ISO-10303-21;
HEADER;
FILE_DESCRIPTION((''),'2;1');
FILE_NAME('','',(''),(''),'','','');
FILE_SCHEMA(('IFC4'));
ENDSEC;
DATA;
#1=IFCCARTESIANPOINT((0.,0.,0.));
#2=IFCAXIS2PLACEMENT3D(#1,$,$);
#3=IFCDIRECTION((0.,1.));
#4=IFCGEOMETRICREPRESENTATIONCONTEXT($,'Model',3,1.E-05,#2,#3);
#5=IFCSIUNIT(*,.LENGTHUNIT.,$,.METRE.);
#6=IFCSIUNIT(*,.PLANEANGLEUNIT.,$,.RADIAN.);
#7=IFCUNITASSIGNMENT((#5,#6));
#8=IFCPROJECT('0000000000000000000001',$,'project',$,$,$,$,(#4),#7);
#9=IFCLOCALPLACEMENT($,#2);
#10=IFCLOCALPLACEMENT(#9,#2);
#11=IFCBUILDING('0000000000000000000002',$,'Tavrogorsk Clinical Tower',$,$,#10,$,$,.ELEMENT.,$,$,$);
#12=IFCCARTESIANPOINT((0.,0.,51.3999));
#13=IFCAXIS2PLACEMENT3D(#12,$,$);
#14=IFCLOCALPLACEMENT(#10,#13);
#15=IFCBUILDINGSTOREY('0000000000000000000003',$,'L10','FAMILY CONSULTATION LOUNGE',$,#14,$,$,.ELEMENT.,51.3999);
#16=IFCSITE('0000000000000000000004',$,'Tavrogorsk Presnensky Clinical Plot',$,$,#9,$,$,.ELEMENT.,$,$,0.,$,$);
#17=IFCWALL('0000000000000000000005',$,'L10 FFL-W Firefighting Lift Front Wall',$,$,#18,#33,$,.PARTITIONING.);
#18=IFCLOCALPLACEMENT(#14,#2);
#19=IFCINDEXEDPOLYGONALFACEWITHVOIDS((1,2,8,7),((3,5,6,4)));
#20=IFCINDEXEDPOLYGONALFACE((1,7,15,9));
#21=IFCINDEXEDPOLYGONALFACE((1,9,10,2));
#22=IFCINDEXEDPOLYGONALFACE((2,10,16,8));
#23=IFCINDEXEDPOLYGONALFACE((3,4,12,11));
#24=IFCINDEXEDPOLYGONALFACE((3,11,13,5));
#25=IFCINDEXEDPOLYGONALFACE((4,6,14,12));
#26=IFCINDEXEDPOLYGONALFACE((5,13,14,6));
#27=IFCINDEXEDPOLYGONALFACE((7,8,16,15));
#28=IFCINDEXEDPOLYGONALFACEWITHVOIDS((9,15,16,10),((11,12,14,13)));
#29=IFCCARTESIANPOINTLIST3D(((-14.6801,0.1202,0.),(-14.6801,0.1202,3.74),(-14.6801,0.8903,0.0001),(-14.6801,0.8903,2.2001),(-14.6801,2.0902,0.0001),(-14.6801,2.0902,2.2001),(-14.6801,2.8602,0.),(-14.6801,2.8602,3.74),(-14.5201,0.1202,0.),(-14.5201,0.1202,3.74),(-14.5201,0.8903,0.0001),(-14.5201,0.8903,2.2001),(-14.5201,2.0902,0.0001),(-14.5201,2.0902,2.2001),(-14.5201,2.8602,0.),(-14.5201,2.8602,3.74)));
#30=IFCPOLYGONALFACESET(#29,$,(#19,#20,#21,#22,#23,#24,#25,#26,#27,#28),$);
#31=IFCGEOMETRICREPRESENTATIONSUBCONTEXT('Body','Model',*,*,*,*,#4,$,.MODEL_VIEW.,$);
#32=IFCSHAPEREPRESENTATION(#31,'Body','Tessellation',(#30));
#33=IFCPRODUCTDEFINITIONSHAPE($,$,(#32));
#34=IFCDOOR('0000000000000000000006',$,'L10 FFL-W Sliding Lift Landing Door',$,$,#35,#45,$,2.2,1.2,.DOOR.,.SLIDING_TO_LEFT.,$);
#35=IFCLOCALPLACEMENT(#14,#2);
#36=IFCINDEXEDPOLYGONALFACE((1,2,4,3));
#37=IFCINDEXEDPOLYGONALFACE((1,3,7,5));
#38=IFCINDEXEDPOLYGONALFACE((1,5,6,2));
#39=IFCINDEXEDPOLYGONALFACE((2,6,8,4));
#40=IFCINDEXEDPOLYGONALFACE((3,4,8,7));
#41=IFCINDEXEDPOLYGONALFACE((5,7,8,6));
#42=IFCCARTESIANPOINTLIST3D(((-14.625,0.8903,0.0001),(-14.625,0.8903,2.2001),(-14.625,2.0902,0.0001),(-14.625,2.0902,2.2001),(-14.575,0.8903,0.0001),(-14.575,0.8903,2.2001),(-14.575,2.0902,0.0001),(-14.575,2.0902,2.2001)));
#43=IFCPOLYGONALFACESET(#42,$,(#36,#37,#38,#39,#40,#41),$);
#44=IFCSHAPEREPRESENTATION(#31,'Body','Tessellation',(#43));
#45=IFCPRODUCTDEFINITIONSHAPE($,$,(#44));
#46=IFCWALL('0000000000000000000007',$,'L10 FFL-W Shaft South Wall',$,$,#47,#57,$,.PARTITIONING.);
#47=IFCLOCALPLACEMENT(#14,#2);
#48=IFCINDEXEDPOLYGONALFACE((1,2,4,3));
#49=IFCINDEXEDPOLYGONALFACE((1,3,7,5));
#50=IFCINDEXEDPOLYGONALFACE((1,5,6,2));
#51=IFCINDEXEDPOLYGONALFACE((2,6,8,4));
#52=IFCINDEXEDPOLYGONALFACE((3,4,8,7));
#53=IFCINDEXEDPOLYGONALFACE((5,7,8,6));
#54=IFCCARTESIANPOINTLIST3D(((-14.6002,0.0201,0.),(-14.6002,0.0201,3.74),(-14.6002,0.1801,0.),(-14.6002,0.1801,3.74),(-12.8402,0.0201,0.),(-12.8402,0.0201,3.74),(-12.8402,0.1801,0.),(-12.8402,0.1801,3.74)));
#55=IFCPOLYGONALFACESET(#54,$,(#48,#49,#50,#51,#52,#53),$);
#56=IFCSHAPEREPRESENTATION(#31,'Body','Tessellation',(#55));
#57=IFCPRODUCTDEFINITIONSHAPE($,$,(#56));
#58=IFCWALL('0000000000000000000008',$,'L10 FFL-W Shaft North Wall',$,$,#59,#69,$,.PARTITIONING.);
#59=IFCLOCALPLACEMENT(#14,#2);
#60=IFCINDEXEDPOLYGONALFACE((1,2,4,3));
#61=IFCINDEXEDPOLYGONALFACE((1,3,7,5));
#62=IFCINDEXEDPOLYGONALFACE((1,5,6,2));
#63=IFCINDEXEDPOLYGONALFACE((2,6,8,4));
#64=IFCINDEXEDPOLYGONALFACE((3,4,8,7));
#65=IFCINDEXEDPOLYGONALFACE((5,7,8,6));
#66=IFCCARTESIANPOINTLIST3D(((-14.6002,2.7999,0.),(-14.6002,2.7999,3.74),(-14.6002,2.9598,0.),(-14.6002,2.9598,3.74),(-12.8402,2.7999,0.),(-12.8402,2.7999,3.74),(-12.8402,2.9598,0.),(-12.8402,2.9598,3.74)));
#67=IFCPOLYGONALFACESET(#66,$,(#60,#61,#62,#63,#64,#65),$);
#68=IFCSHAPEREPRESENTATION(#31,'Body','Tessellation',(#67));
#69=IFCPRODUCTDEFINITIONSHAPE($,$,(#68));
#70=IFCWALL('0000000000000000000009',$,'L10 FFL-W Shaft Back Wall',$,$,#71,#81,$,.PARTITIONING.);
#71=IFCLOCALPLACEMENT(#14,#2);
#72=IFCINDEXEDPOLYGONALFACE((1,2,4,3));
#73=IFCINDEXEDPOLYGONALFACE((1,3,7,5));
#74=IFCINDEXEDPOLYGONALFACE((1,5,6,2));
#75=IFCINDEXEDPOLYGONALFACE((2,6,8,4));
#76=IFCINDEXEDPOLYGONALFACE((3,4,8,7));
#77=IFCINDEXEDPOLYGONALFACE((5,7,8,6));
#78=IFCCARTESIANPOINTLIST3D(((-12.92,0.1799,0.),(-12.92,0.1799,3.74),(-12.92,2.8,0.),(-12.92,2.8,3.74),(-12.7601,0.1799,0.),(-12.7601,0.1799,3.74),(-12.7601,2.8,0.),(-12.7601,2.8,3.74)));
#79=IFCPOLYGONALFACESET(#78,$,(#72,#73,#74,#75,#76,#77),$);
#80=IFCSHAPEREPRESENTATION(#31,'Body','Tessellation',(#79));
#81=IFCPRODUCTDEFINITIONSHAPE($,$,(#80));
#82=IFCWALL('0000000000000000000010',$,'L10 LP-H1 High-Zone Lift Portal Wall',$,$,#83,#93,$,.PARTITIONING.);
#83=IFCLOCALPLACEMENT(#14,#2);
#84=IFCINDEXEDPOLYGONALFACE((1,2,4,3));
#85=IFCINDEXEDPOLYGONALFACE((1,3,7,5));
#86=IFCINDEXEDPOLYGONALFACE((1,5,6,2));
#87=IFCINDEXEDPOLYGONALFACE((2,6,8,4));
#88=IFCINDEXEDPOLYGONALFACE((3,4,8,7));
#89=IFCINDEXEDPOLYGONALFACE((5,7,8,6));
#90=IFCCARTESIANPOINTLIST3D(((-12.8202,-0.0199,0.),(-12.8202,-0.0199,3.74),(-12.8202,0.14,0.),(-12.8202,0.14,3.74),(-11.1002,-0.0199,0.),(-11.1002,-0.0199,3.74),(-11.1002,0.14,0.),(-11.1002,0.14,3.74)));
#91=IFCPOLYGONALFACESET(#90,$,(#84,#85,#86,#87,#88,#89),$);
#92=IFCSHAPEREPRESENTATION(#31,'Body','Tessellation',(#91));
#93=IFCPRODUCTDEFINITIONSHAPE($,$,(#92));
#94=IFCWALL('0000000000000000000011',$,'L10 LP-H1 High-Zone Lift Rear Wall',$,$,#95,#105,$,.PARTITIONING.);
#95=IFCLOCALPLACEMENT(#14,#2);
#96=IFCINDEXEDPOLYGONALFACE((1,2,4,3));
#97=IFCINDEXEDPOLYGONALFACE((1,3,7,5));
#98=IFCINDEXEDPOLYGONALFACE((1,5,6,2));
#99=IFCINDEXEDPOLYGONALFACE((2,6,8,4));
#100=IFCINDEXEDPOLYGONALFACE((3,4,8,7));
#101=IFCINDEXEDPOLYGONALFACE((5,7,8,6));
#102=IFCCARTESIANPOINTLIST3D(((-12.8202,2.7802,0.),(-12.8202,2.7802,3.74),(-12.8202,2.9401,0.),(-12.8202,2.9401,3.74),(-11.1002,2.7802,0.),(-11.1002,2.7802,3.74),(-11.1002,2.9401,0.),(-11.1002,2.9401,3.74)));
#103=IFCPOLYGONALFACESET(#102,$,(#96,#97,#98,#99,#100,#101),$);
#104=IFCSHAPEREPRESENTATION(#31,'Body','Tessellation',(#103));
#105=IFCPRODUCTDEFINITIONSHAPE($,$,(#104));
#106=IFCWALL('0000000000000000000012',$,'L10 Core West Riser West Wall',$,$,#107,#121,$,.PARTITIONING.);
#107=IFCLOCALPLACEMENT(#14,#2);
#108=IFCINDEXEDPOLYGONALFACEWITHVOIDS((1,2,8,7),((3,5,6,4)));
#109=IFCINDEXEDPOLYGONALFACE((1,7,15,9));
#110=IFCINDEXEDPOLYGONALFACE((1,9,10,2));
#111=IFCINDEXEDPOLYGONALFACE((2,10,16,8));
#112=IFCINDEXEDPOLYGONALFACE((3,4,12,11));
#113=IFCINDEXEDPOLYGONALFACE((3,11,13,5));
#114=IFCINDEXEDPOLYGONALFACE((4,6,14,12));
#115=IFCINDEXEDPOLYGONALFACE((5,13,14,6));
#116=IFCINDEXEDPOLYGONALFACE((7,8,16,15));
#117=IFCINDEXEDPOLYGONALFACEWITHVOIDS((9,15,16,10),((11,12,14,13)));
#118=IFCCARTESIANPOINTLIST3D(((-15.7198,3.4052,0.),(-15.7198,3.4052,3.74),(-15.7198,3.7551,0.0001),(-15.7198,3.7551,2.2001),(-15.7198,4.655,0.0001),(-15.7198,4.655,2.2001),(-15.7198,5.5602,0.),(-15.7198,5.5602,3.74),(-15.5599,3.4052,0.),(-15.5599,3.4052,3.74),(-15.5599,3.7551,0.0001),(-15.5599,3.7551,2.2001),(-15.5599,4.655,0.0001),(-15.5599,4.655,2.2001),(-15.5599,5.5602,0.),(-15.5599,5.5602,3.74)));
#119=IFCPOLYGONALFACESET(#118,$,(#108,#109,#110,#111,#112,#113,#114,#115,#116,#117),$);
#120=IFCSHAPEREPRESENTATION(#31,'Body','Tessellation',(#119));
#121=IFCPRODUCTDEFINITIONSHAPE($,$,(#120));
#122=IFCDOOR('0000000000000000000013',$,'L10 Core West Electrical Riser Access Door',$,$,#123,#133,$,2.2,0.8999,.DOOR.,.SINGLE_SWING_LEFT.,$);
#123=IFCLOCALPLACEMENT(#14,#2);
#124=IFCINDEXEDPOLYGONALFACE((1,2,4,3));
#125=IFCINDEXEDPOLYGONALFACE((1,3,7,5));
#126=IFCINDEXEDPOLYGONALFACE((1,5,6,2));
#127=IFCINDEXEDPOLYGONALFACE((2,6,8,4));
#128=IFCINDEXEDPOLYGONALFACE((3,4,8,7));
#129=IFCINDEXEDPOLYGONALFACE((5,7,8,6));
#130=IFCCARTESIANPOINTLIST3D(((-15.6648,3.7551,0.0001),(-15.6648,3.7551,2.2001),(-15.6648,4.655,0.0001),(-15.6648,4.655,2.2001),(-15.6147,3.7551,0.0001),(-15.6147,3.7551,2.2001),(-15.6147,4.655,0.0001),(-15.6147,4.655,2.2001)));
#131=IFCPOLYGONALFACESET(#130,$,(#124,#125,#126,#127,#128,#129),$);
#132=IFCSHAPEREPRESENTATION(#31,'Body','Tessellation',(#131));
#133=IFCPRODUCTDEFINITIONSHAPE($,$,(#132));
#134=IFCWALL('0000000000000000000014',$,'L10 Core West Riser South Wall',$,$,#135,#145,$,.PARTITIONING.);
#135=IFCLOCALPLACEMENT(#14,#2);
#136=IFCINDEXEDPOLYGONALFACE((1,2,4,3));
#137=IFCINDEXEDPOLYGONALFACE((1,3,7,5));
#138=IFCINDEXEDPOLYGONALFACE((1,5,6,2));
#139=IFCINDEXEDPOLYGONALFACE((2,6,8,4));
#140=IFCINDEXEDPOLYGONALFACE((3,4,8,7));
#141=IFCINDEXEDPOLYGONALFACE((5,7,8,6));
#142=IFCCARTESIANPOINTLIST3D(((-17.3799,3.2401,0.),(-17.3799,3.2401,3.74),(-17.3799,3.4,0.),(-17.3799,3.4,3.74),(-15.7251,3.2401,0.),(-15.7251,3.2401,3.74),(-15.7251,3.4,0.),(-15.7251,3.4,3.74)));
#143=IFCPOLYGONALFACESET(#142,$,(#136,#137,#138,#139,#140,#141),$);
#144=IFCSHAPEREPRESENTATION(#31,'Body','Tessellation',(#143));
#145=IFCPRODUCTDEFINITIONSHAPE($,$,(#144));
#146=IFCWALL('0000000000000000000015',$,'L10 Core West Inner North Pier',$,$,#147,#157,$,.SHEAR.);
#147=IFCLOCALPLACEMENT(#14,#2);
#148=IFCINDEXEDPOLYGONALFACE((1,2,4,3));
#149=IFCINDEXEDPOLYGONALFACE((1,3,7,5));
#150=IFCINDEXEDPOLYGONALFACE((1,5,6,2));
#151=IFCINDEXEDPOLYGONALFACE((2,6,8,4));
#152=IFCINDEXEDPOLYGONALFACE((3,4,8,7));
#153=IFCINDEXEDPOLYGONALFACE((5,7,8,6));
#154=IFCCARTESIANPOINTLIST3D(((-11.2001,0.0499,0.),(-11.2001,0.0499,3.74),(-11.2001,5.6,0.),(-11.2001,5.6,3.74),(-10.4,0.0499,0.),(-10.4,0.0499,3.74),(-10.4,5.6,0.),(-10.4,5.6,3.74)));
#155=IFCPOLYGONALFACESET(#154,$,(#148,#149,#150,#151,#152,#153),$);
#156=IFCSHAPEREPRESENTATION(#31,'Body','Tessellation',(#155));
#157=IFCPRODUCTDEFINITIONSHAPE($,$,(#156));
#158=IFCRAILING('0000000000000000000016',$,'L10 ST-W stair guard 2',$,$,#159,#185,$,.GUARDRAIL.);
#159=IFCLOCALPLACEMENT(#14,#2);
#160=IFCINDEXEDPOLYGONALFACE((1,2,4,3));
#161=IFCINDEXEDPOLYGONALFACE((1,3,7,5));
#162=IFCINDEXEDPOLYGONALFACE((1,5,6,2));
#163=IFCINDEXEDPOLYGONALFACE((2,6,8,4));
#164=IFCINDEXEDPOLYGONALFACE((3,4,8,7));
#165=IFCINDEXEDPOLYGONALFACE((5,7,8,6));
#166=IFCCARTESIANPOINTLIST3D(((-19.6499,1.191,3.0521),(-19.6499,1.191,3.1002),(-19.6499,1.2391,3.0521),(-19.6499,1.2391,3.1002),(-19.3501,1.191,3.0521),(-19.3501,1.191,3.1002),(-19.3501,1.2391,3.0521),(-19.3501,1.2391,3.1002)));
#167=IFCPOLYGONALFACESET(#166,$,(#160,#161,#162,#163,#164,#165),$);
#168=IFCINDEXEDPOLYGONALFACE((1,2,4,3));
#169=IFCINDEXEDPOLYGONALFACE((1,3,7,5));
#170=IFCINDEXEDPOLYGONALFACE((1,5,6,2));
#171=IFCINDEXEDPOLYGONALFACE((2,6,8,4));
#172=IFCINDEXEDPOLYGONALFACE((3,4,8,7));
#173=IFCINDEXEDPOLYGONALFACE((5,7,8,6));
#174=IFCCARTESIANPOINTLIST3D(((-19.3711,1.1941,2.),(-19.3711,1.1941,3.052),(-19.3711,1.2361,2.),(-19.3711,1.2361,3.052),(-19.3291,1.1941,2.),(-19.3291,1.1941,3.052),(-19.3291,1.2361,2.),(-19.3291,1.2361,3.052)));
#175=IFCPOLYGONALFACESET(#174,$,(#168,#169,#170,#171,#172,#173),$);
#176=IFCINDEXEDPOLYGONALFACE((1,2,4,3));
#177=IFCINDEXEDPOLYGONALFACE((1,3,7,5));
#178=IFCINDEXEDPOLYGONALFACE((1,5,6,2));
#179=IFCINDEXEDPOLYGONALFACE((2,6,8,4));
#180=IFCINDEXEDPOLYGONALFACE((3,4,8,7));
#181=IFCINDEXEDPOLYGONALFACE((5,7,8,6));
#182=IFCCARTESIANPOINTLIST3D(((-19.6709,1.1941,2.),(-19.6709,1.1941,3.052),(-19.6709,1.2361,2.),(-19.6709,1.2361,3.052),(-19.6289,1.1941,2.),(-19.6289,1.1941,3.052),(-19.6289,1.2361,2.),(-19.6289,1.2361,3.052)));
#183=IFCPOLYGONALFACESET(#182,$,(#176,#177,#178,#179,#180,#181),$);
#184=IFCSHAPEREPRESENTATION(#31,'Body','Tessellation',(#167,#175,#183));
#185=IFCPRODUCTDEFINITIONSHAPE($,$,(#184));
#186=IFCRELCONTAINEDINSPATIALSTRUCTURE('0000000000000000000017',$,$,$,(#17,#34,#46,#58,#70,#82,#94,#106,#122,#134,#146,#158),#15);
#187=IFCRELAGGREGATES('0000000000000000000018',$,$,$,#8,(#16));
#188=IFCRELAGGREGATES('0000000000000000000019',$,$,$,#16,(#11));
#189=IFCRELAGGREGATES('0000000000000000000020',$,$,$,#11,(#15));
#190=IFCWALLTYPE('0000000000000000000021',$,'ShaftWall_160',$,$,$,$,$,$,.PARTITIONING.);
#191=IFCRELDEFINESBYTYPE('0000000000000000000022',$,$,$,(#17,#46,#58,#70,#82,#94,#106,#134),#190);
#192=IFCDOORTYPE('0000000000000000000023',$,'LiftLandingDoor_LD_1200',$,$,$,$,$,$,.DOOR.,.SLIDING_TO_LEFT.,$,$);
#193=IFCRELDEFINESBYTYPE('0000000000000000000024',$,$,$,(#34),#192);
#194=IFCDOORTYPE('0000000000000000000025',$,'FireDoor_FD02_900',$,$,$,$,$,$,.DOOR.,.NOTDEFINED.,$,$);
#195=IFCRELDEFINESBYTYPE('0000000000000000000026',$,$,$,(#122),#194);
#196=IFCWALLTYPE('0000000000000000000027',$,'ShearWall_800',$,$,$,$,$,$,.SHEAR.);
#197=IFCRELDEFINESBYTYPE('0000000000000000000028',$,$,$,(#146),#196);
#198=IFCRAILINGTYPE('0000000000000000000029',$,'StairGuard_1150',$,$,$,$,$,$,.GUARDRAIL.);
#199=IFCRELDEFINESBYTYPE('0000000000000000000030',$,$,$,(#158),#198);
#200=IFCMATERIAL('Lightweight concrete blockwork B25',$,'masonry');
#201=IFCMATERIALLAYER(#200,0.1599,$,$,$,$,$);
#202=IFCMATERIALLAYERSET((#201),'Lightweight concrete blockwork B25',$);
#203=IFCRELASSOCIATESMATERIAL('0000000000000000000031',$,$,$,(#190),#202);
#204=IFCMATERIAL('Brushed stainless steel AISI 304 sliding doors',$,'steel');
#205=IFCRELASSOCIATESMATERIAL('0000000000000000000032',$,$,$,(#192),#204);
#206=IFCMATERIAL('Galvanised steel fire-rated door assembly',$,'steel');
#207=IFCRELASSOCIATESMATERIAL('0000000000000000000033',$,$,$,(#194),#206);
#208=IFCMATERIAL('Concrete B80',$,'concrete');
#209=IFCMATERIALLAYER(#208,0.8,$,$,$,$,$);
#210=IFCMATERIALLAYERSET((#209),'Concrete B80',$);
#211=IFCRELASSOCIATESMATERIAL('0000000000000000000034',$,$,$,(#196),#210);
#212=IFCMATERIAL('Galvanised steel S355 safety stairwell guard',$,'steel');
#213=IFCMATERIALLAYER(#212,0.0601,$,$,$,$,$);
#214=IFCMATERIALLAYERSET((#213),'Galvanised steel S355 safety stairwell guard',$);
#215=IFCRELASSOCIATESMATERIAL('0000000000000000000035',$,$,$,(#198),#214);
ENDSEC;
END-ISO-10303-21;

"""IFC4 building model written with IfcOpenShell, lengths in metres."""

from ifc_helpers import new_model, si_unit, direction, frame, frame_2d, origin, origin_2d, place, context, subcontext, project, spatial, rectangle, extrude, material, layer, layer_set, type_object, element, fill, save


model = new_model("IFC4")

# Units and contexts
model_context = context("Model", 3, precision=1e-05, world=origin(), true_north=direction((0.0, 1.0)))
body_context = subcontext(model_context, "Body", "Model", "MODEL_VIEW")
ifc_project = project(units=[si_unit("LENGTHUNIT", "METRE"), si_unit("PLANEANGLEUNIT", "RADIAN")], contexts=[model_context])

# Site, building, storey
site_placement = place(None, origin())
site = spatial("IfcSite", under=ifc_project, at=site_placement, Name="Tavrogorsk Presnensky Clinical Plot", CompositionType="ELEMENT", RefElevation=0.0)
building_placement = place(site_placement, origin())
building = spatial("IfcBuilding", under=site, at=building_placement, Name="Tavrogorsk Clinical Tower", CompositionType="ELEMENT")
storey_placement = place(building_placement, frame((0.0, 0.0, 51.3999)))
storey = spatial("IfcBuildingStorey", under=building, at=storey_placement, Name="L10", Description="FAMILY CONSULTATION LOUNGE", CompositionType="ELEMENT", Elevation=51.3999)

# Wall, opening, door
ifc_material_1 = material(Name="Lightweight concrete blockwork B25", Category="masonry")
ifc_layer_1 = layer(ifc_material_1, 0.1599)
ifc_layer_set_1 = layer_set([ifc_layer_1], Name="Lightweight concrete blockwork B25")
wall_type_1 = type_object("IfcWallType", Name="ShaftWall_160", PredefinedType="PARTITIONING", material=ifc_layer_set_1)
wall_1_placement = place(storey_placement, frame((-14.6001, 0.1201, 0.0), z_axis=(0.0, 0.0, 1.0), x_axis=(0.0, 1.0, 0.0)))
wall_1 = element("IfcWall", 1, at=wall_1_placement, inside=storey, type_object=wall_type_1, Name="L10 FFL-W Firefighting Lift Front Wall", PredefinedType="PARTITIONING", context=body_context, shape_type="SweptSolid", body=[
    extrude(rectangle(XDim=2.74, YDim=0.1599, at=frame_2d((1.3701, 0.0))), origin(), (0.0, 0.0, 1.0), 3.74),
])
opening_1_placement = place(wall_1_placement, frame((0.77, 0.0, 0.0)))
opening_1 = element("IfcOpeningElement", 2, at=opening_1_placement, cuts=wall_1, PredefinedType="OPENING", context=body_context, shape_type="SweptSolid", body=[
    extrude(rectangle(XDim=1.2, YDim=2.2, at=frame_2d((0.6001, 1.1001))), frame((0.0, 0.0898, 0.0), z_axis=(0.0, -1.0, 0.0), x_axis=(1.0, 0.0, 0.0)), (0.0, 0.0, 1.0), 0.1799),
])
ifc_material_2 = material(Name="Brushed stainless steel AISI 304 sliding doors", Category="steel")
door_type_1 = type_object("IfcDoorType", Name="LiftLandingDoor_LD_1200", OperationType="SLIDING_TO_LEFT", PredefinedType="DOOR", material=ifc_material_2)
door_1_placement = place(opening_1_placement, origin())
door_1 = element("IfcDoor", 3, at=door_1_placement, inside=storey, type_object=door_type_1, Name="L10 FFL-W Sliding Lift Landing Door", OperationType="SLIDING_TO_LEFT", OverallHeight=2.2, OverallWidth=1.2, PredefinedType="DOOR", context=body_context, shape_type="SweptSolid", body=[
    extrude(rectangle(XDim=1.2, YDim=2.2, at=frame_2d((0.6001, 1.1001))), frame((0.0, 0.0249, 0.0), z_axis=(0.0, -1.0, 0.0), x_axis=(1.0, 0.0, 0.0)), (0.0, 0.0, 1.0), 0.05),
])
fill(opening_1, door_1)

# Walls
for number, where, z_axis, x_axis, name in (
    (4, (-14.6001, 0.1001, 0.0), (0.0, 0.0, 1.0), (1.0, 0.0, 0.0), "L10 FFL-W Shaft South Wall"),
    (5, (-14.6001, 2.8799, 0.0), (0.0, 0.0, 1.0), (1.0, 0.0, 0.0), "L10 FFL-W Shaft North Wall"),
):
    element("IfcWall", number, at=place(storey_placement, frame(where, z_axis=z_axis, x_axis=x_axis)), inside=storey, type_object=wall_type_1, Name=name, PredefinedType="PARTITIONING", context=body_context, shape_type="SweptSolid", body=[
        extrude(rectangle(XDim=1.76, YDim=0.1599, at=frame_2d((0.8799, 0.0))), origin(), (0.0, 0.0, 1.0), 3.74),
    ])
wall_2_placement = place(storey_placement, frame((-12.8401, 0.1799, 0.0), z_axis=(0.0, 0.0, 1.0), x_axis=(0.0, 1.0, 0.0)))
element("IfcWall", 6, at=wall_2_placement, inside=storey, type_object=wall_type_1, Name="L10 FFL-W Shaft Back Wall", PredefinedType="PARTITIONING", context=body_context, shape_type="SweptSolid", body=[
    extrude(rectangle(XDim=2.6201, YDim=0.1599, at=frame_2d((1.3101, 0.0))), origin(), (0.0, 0.0, 1.0), 3.74),
])
for number, where, z_axis, x_axis, name in (
    (7, (-12.8201, 0.0601, 0.0), (0.0, 0.0, 1.0), (1.0, 0.0, 0.0), "L10 LP-H1 High-Zone Lift Portal Wall"),
    (8, (-12.8201, 2.8601, 0.0), (0.0, 0.0, 1.0), (1.0, 0.0, 0.0), "L10 LP-H1 High-Zone Lift Rear Wall"),
):
    element("IfcWall", number, at=place(storey_placement, frame(where, z_axis=z_axis, x_axis=x_axis)), inside=storey, type_object=wall_type_1, Name=name, PredefinedType="PARTITIONING", context=body_context, shape_type="SweptSolid", body=[
        extrude(rectangle(XDim=1.72, YDim=0.1599, at=frame_2d((0.8599, 0.0))), origin(), (0.0, 0.0, 1.0), 3.74),
    ])

# Wall, opening, door
wall_3_placement = place(storey_placement, frame((-15.6399, 3.405, 0.0), z_axis=(0.0, 0.0, 1.0), x_axis=(0.0, 1.0, 0.0)))
wall_3 = element("IfcWall", 9, at=wall_3_placement, inside=storey, type_object=wall_type_1, Name="L10 Core West Riser West Wall", PredefinedType="PARTITIONING", context=body_context, shape_type="SweptSolid", body=[
    extrude(rectangle(XDim=2.155, YDim=0.1599, at=frame_2d((1.0776, 0.0))), origin(), (0.0, 0.0, 1.0), 3.74),
])
opening_2_placement = place(wall_3_placement, frame((0.3501, 0.0, 0.0)))
opening_2 = element("IfcOpeningElement", 10, at=opening_2_placement, cuts=wall_3, PredefinedType="OPENING", context=body_context, shape_type="SweptSolid", body=[
    extrude(rectangle(XDim=0.8999, YDim=2.2, at=frame_2d((0.45, 1.1001))), frame((0.0, 0.0898, 0.0), z_axis=(0.0, -1.0, 0.0), x_axis=(1.0, 0.0, 0.0)), (0.0, 0.0, 1.0), 0.1799),
])
ifc_material_3 = material(Name="Galvanised steel fire-rated door assembly", Category="steel")
door_type_2 = type_object("IfcDoorType", Name="FireDoor_FD02_900", OperationType="NOTDEFINED", PredefinedType="DOOR", material=ifc_material_3)
door_2_placement = place(opening_2_placement, origin())
door_2 = element("IfcDoor", 11, at=door_2_placement, inside=storey, type_object=door_type_2, Name="L10 Core West Electrical Riser Access Door", OperationType="SINGLE_SWING_LEFT", OverallHeight=2.2, OverallWidth=0.8999, PredefinedType="DOOR", context=body_context, shape_type="SweptSolid", body=[
    extrude(rectangle(XDim=0.8999, YDim=2.2, at=frame_2d((0.45, 1.1001))), frame((0.0, 0.0249, 0.0), z_axis=(0.0, -1.0, 0.0), x_axis=(1.0, 0.0, 0.0)), (0.0, 0.0, 1.0), 0.05),
])
fill(opening_2, door_2)

# Walls
wall_4_placement = place(storey_placement, frame((-17.3799, 3.3201, 0.0), z_axis=(0.0, 0.0, 1.0), x_axis=(1.0, 0.0, 0.0)))
element("IfcWall", 12, at=wall_4_placement, inside=storey, type_object=wall_type_1, Name="L10 Core West Riser South Wall", PredefinedType="PARTITIONING", context=body_context, shape_type="SweptSolid", body=[
    extrude(rectangle(XDim=1.6548, YDim=0.1599, at=frame_2d((0.8274, 0.0))), origin(), (0.0, 0.0, 1.0), 3.74),
])
ifc_material_4 = material(Name="Concrete B80", Category="concrete")
ifc_layer_2 = layer(ifc_material_4, 0.8)
ifc_layer_set_2 = layer_set([ifc_layer_2], Name="Concrete B80")
wall_type_2 = type_object("IfcWallType", Name="ShearWall_800", PredefinedType="SHEAR", material=ifc_layer_set_2)
wall_5_placement = place(storey_placement, frame((-10.8, 0.05, 0.0), z_axis=(0.0, 0.0, 1.0), x_axis=(0.0, 1.0, 0.0)))
element("IfcWall", 13, at=wall_5_placement, inside=storey, type_object=wall_type_2, Name="L10 Core West Inner North Pier", PredefinedType="SHEAR", context=body_context, shape_type="SweptSolid", body=[
    extrude(rectangle(XDim=5.55, YDim=0.8, at=frame_2d((2.7749, 0.0))), origin(), (0.0, 0.0, 1.0), 3.74),
])

# Railing
ifc_material_5 = material(Name="Galvanised steel S355 safety stairwell guard", Category="steel")
ifc_layer_3 = layer(ifc_material_5, 0.0601)
ifc_layer_set_3 = layer_set([ifc_layer_3], Name="Galvanised steel S355 safety stairwell guard")
railing_type = type_object("IfcRailingType", Name="StairGuard_1150", PredefinedType="GUARDRAIL", material=ifc_layer_set_3)
railing_placement = place(storey_placement, frame((-19.3501, 1.2151, 2.0)))
element("IfcRailing", 14, at=railing_placement, inside=storey, type_object=railing_type, Name="L10 ST-W stair guard 2", PredefinedType="GUARDRAIL", context=body_context, shape_type="SweptSolid", body=[
    extrude(rectangle(XDim=0.0481, YDim=0.0481, at=origin_2d()), frame((0.0, 0.0, 1.0762), z_axis=(-1.0, 0.0, 0.0), x_axis=(0.0, -1.0, 0.0)), (0.0, 0.0, 1.0), 0.2998),
    extrude(rectangle(XDim=0.042, YDim=0.042, at=origin_2d()), origin(), (0.0, 0.0, 1.0), 1.052),
    extrude(rectangle(XDim=0.042, YDim=0.042, at=origin_2d()), frame((-0.2998, 0.0, 0.0)), (0.0, 0.0, 1.0), 1.052),
])

save(model, "model.ifc")
